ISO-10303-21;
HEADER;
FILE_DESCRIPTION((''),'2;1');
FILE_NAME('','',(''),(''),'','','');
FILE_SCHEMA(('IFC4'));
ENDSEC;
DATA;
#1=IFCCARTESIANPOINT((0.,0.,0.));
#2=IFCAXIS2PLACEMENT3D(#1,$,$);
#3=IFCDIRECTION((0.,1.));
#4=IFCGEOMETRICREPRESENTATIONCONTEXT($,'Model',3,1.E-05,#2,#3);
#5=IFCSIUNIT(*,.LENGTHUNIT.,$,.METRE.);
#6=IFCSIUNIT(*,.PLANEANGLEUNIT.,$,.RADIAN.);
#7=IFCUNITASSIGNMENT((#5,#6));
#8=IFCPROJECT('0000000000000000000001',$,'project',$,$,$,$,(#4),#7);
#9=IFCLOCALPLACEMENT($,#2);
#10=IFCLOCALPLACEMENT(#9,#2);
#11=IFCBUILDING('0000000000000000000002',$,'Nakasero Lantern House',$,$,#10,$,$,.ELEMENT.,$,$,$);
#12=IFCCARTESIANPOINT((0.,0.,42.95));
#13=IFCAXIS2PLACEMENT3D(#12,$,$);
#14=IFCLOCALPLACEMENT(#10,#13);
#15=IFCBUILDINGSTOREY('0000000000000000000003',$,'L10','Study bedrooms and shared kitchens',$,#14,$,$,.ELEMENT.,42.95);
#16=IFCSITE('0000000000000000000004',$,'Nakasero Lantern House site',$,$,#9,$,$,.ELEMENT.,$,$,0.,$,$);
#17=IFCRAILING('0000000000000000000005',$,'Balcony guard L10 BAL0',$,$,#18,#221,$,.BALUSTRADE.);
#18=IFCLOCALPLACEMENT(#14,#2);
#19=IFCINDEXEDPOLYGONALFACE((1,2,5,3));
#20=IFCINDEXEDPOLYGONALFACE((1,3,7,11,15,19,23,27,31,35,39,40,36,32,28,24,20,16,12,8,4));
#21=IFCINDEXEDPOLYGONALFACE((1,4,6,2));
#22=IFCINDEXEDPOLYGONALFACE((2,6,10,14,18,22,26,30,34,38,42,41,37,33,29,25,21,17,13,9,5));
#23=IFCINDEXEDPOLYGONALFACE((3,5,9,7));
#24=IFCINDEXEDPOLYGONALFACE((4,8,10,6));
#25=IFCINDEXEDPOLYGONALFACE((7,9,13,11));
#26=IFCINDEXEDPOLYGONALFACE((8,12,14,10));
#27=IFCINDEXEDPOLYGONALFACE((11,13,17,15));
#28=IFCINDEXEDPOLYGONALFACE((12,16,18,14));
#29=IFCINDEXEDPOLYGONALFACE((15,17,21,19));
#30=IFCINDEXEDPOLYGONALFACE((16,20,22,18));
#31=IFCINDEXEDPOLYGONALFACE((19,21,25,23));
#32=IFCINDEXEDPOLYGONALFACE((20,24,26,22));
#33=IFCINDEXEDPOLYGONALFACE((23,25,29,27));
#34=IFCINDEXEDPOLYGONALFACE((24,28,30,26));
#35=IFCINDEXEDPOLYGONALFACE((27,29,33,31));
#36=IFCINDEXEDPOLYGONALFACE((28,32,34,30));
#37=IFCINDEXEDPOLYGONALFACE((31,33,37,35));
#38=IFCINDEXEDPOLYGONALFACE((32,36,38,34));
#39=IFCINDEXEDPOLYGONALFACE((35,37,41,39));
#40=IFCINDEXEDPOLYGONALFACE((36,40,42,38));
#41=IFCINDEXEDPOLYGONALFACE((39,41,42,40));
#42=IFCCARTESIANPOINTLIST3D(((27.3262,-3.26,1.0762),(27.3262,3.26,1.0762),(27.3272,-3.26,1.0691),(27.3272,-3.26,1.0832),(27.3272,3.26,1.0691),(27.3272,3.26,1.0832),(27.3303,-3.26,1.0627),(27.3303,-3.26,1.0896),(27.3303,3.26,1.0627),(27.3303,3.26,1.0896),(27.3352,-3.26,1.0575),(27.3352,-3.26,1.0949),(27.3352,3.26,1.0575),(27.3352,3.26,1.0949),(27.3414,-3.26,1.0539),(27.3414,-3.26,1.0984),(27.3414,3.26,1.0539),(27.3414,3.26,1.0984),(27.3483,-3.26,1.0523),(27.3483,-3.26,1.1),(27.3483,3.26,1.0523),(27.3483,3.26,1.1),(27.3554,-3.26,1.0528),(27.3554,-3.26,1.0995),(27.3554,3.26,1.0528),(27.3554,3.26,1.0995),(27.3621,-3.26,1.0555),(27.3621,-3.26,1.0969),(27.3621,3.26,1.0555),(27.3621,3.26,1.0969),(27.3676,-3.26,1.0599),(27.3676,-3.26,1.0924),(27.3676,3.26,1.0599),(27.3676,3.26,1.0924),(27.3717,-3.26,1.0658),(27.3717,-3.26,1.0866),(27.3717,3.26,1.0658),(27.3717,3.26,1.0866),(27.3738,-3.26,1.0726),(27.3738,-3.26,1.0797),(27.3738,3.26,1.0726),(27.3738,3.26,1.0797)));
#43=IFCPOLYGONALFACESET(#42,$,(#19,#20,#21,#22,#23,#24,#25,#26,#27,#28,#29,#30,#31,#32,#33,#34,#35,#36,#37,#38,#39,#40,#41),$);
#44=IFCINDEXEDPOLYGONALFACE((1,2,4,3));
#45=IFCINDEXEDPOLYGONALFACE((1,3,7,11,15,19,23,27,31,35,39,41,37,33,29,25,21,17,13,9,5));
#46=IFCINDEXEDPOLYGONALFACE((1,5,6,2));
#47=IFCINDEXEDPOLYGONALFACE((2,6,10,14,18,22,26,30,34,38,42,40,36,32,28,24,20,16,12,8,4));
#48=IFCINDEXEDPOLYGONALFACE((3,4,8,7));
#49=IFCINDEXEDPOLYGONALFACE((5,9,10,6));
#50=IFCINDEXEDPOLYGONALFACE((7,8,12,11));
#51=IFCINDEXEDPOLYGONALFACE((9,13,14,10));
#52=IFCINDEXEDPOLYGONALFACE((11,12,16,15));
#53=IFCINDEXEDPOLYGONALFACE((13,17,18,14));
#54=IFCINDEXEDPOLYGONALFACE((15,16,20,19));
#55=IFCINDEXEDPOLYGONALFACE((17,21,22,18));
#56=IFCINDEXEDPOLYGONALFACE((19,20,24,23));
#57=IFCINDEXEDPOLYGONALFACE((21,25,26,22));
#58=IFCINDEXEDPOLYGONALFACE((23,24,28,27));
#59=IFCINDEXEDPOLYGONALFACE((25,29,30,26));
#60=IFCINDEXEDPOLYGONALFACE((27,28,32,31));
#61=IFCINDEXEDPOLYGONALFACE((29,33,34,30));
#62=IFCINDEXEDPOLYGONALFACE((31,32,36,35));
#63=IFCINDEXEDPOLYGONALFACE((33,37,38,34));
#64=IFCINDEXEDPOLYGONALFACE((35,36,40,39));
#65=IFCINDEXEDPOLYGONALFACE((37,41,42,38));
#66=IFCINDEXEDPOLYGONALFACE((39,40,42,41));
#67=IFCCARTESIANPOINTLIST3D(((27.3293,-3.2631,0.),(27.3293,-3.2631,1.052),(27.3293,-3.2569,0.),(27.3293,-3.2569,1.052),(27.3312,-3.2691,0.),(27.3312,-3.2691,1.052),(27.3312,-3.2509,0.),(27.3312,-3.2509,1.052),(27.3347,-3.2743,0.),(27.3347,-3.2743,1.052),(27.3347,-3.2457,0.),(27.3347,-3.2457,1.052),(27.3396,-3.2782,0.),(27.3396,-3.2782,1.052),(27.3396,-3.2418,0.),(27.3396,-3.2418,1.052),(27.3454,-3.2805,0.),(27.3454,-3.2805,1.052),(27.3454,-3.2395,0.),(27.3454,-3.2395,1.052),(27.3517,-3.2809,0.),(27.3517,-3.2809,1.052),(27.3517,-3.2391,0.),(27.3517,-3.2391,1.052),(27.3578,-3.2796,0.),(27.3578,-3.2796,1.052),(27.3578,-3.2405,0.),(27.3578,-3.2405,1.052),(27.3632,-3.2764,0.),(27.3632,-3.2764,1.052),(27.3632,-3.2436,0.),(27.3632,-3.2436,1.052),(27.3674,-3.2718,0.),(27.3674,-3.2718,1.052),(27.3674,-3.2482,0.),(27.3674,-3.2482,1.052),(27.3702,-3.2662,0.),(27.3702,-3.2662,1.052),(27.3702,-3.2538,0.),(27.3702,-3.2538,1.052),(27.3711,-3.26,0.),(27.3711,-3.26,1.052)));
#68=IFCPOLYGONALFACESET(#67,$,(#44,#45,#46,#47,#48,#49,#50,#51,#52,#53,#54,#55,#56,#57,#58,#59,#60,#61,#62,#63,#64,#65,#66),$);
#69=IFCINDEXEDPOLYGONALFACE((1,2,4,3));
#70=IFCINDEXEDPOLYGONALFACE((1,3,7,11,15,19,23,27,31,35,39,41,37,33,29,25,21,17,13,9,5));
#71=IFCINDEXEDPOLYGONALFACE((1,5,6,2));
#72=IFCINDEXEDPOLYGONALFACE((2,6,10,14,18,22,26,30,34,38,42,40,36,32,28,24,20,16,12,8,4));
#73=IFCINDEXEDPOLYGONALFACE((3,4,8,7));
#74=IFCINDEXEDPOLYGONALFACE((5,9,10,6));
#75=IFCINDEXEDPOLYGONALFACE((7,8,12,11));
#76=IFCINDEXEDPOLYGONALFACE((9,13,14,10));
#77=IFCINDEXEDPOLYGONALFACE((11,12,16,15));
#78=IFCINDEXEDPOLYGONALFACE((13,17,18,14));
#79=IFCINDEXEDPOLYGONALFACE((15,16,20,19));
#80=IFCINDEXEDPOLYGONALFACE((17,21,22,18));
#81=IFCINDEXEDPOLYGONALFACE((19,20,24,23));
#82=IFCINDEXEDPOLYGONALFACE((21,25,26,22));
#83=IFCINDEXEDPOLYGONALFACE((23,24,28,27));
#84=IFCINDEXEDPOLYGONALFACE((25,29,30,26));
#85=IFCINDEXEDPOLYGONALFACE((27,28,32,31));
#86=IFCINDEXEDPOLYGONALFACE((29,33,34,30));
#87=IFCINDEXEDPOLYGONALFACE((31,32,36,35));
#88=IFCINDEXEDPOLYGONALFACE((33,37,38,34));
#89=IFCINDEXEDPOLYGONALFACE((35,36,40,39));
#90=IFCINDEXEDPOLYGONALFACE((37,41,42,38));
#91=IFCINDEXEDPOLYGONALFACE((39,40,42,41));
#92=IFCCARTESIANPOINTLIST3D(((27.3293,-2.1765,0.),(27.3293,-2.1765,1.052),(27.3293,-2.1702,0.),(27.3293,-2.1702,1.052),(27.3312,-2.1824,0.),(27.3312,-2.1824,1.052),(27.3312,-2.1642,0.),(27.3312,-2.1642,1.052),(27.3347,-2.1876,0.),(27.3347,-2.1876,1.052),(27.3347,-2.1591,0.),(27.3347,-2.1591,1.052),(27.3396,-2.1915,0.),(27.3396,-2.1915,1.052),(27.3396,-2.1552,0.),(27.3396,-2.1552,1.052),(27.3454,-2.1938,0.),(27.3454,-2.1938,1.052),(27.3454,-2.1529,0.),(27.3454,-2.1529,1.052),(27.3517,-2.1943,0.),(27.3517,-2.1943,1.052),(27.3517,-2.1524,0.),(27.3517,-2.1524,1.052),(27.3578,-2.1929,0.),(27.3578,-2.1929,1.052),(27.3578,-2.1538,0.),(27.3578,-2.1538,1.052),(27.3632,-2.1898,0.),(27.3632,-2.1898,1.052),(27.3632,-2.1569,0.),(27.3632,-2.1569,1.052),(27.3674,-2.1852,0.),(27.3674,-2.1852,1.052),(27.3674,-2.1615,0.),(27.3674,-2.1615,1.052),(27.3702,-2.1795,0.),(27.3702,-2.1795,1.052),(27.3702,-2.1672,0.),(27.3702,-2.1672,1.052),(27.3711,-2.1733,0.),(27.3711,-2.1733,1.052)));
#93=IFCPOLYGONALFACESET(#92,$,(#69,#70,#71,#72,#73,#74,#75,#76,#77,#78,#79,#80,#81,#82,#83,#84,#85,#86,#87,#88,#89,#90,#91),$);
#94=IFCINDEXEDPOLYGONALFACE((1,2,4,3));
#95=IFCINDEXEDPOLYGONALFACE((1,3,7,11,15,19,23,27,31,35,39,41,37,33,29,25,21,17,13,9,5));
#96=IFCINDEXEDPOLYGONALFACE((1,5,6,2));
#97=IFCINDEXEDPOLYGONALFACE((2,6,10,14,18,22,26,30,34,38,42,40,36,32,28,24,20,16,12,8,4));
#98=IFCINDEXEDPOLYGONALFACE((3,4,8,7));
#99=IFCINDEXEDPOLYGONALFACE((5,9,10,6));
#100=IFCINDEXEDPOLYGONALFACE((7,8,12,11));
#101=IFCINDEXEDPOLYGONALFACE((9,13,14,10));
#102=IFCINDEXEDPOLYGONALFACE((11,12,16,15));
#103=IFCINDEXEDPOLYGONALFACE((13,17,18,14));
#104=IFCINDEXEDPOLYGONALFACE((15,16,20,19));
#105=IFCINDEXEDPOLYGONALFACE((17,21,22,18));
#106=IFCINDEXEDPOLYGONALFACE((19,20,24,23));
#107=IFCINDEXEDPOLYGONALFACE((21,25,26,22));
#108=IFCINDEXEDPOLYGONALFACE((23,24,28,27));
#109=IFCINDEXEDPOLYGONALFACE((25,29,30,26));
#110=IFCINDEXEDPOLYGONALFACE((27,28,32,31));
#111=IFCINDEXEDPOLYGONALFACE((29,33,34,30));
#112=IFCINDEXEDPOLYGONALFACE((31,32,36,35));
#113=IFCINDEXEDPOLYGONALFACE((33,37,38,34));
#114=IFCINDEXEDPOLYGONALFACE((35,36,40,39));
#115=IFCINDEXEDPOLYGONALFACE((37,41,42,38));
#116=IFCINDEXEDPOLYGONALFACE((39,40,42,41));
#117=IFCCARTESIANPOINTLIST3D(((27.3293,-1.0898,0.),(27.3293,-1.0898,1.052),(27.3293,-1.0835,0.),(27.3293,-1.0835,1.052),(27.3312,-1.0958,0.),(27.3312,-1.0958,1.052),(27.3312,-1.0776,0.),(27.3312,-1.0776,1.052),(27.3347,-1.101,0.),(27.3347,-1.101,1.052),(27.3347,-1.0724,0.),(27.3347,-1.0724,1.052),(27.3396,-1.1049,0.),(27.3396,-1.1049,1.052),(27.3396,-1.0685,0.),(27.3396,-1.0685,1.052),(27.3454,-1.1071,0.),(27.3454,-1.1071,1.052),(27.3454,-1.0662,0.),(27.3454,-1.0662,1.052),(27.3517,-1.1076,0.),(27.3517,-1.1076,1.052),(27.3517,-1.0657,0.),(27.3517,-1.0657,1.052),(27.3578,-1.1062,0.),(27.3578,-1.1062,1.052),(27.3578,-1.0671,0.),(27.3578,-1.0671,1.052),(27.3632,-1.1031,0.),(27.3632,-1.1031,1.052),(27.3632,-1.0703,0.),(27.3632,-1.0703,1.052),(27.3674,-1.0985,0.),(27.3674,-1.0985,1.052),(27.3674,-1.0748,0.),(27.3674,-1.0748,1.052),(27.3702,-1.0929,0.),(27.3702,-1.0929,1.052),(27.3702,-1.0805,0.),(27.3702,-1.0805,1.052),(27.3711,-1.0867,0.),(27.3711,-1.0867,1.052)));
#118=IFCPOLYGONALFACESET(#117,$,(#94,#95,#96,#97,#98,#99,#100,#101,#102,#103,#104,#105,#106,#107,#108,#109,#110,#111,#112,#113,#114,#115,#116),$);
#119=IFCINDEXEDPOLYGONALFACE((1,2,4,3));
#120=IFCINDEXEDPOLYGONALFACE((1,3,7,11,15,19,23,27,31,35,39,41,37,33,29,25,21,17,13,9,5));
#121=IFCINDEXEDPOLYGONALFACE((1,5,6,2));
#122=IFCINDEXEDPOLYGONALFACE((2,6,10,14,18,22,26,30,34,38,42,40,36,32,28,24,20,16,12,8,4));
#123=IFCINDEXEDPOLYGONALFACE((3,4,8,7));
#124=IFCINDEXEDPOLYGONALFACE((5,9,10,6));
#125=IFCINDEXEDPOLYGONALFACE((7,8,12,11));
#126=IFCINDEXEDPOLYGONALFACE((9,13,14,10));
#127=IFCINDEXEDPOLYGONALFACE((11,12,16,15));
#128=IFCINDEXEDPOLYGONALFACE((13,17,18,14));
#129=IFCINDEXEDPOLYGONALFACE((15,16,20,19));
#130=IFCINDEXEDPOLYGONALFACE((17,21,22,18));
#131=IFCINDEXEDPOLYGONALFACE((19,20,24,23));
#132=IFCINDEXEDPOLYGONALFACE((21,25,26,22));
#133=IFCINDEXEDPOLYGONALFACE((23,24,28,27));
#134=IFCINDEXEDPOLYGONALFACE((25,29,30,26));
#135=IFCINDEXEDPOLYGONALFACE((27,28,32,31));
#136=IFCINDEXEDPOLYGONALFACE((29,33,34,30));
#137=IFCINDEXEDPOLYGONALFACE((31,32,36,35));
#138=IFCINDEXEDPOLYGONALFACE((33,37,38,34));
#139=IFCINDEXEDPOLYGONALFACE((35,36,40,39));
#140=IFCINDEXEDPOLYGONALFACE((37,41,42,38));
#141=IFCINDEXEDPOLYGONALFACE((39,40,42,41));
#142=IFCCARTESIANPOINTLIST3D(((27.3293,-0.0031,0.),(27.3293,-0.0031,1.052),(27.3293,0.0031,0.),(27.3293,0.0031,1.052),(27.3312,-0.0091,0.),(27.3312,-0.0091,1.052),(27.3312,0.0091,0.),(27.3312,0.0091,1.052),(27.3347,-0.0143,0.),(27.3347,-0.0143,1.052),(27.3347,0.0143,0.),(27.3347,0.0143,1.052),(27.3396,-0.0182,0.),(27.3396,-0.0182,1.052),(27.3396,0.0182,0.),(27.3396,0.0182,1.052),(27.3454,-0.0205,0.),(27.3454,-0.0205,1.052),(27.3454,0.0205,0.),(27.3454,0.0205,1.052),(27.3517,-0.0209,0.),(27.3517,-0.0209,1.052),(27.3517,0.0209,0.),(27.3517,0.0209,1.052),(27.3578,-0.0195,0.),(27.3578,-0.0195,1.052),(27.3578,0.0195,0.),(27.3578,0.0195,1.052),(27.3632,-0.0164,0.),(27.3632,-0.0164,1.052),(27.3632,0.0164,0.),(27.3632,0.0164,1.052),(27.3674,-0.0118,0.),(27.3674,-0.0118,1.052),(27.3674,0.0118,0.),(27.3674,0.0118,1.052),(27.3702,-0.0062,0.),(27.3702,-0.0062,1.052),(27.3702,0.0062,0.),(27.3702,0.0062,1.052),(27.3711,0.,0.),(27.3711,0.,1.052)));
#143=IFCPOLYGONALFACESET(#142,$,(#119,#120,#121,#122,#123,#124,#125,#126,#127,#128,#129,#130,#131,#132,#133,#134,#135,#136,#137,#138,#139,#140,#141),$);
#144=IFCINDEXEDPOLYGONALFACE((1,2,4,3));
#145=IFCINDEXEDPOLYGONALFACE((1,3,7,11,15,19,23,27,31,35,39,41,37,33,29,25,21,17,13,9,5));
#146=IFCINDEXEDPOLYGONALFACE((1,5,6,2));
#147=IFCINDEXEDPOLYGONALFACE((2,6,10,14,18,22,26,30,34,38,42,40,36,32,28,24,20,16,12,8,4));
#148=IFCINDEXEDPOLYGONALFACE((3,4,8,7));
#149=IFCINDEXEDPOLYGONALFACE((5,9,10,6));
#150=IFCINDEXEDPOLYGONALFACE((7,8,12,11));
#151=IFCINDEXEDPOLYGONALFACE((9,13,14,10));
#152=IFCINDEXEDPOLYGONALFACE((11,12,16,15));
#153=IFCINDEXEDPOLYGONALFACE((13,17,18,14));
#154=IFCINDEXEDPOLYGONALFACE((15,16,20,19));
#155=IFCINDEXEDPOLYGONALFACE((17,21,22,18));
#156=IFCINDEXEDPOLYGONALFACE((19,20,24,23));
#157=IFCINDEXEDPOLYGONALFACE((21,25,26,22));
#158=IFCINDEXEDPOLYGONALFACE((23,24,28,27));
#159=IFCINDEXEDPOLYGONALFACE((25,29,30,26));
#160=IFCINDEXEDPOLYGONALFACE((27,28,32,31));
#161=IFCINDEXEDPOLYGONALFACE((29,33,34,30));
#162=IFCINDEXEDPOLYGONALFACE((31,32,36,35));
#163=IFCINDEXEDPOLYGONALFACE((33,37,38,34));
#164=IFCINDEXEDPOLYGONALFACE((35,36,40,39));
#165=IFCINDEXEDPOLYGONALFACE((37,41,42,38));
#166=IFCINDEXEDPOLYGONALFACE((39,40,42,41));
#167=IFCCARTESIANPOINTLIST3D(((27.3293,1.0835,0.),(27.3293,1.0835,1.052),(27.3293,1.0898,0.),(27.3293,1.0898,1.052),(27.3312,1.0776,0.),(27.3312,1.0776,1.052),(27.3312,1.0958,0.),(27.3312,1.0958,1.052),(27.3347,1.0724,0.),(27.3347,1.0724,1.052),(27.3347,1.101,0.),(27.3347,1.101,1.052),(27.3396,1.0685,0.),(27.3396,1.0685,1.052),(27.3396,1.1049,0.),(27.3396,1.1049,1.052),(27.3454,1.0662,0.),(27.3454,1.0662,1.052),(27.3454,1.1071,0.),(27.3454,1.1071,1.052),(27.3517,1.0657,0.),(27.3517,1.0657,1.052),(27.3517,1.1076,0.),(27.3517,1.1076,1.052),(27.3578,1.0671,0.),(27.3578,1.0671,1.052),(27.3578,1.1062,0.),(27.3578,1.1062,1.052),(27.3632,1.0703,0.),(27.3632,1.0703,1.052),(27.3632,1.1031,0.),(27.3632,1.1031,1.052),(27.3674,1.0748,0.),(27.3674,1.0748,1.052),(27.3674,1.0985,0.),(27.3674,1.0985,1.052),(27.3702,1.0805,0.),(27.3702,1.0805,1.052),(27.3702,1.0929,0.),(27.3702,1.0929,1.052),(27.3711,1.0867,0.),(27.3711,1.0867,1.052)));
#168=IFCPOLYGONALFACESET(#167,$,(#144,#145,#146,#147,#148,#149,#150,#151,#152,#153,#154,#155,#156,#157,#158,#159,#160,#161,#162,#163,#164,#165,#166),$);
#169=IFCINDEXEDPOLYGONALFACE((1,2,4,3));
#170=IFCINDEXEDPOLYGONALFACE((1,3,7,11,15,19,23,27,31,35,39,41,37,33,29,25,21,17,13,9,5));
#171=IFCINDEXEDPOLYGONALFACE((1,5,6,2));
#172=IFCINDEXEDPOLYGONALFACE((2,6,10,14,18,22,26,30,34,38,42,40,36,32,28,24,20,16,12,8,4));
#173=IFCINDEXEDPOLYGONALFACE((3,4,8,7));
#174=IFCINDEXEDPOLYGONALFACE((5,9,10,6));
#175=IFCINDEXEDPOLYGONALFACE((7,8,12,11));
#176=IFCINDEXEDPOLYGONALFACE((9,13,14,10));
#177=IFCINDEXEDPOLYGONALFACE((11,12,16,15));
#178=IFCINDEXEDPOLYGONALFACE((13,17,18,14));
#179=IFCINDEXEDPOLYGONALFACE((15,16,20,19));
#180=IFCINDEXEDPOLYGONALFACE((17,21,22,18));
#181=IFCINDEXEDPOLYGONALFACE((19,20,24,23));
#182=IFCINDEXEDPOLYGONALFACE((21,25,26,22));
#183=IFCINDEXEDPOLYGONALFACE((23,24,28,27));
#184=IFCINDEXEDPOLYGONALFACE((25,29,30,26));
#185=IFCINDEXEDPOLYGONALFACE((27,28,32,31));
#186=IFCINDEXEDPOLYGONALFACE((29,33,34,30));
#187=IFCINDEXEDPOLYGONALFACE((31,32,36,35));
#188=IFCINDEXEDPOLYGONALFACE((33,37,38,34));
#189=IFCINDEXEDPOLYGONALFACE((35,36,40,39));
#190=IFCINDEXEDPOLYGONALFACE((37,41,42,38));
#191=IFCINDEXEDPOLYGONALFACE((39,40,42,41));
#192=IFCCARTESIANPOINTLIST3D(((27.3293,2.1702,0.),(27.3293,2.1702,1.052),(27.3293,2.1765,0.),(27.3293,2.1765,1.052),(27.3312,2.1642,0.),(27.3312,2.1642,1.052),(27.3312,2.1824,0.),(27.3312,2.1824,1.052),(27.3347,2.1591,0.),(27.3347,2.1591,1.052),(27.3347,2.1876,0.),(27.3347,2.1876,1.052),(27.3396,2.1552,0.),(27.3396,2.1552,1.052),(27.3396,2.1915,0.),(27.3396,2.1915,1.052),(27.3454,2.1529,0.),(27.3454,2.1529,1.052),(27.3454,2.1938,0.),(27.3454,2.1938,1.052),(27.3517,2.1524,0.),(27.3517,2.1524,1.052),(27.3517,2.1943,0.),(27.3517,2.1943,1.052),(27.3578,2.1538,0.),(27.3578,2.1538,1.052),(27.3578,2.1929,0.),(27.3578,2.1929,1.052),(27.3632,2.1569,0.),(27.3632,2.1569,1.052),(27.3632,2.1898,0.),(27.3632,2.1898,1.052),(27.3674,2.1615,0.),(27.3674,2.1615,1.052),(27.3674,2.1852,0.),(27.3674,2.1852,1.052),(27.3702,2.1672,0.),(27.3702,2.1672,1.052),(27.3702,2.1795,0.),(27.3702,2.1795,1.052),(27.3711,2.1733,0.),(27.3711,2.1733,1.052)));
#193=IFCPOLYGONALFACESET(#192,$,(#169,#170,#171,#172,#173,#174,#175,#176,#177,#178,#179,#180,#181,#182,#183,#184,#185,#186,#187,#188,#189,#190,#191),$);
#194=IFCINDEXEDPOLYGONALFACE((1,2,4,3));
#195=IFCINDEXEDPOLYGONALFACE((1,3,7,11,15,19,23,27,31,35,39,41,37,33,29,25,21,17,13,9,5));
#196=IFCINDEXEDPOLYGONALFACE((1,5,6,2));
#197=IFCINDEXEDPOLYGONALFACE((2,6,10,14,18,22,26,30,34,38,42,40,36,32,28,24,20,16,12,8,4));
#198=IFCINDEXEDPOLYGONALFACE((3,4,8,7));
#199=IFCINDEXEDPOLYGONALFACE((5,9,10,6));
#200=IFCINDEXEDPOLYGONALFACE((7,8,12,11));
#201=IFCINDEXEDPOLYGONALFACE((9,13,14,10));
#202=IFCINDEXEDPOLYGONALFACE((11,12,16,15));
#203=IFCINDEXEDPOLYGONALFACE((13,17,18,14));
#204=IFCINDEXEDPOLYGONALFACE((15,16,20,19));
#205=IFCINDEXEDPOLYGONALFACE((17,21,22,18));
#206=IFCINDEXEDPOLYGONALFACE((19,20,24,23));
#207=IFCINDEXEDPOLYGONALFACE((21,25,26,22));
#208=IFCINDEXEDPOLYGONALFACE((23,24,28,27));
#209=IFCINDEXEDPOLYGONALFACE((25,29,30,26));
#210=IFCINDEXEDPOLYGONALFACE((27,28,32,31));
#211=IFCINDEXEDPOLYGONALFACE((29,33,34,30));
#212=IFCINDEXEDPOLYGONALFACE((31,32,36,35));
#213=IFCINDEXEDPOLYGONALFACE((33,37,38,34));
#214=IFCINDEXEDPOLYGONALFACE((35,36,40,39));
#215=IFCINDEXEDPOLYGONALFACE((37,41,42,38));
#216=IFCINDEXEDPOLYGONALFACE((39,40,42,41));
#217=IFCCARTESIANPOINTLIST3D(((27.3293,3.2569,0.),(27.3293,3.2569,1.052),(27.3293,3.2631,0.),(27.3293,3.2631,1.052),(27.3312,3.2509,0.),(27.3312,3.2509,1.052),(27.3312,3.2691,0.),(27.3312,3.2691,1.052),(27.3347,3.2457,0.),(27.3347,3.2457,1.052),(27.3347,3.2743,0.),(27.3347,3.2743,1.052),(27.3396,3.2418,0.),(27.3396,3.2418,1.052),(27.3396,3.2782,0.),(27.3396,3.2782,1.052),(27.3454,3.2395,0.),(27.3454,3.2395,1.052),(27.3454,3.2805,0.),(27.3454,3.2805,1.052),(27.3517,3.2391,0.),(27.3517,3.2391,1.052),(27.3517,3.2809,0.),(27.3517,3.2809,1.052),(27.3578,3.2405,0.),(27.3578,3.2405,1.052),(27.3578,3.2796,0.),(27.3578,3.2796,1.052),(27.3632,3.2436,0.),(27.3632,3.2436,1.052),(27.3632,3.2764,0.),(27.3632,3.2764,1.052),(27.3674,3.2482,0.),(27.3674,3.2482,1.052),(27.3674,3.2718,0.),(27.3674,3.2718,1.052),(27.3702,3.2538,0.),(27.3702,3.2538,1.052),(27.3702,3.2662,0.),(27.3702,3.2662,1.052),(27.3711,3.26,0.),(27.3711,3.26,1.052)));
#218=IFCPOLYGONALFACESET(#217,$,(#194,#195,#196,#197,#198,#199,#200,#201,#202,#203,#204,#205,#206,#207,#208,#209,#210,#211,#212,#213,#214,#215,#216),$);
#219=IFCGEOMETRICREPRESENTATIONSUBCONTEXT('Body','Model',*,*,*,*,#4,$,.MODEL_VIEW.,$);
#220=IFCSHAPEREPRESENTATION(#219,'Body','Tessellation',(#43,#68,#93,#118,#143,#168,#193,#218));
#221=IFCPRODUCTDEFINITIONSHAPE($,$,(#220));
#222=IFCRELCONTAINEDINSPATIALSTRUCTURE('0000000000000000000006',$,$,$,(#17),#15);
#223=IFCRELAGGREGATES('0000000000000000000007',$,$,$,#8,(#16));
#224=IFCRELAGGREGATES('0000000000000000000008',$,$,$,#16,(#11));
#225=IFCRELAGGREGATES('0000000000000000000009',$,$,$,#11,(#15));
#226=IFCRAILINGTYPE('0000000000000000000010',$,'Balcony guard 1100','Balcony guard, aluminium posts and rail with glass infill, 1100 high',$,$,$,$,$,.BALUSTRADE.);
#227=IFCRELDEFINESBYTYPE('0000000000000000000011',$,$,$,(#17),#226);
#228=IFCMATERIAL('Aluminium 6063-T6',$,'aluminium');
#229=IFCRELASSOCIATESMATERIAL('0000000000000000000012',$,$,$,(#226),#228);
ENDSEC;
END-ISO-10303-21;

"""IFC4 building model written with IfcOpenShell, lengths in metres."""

from ifc_helpers import new_model, si_unit, direction, frame, origin, origin_2d, place, context, subcontext, project, spatial, circle, extrude, material, type_object, element, save


model = new_model("IFC4")

# Units and contexts
model_context = context("Model", 3, precision=1e-05, world=origin(), true_north=direction((0.0, 1.0)))
body_context = subcontext(model_context, "Body", "Model", "MODEL_VIEW")
ifc_project = project(units=[si_unit("LENGTHUNIT", "METRE"), si_unit("PLANEANGLEUNIT", "RADIAN")], contexts=[model_context])

# Site, building, storey
site_placement = place(None, origin())
site = spatial("IfcSite", under=ifc_project, at=site_placement, Name="Nakasero Lantern House site", CompositionType="ELEMENT", RefElevation=0.0)
building_placement = place(site_placement, origin())
building = spatial("IfcBuilding", under=site, at=building_placement, Name="Nakasero Lantern House", CompositionType="ELEMENT")
storey_placement = place(building_placement, frame((0.0, 0.0, 42.95)))
storey = spatial("IfcBuildingStorey", under=building, at=storey_placement, Name="L10", Description="Study bedrooms and shared kitchens", CompositionType="ELEMENT", Elevation=42.95)

# Railing
ifc_material_1 = material(Name="Aluminium 6063-T6", Category="aluminium")
railing_type = type_object("IfcRailingType", Name="Balcony guard 1100", Description="Balcony guard, aluminium posts and rail with glass infill, 1100 high", PredefinedType="BALUSTRADE", material=ifc_material_1)
railing_placement = place(storey_placement, frame((27.3501, -3.26, 0.0)))
element("IfcRailing", 1, at=railing_placement, inside=storey, type_object=railing_type, Name="Balcony guard L10 BAL0", PredefinedType="BALUSTRADE", context=body_context, shape_type="SweptSolid", body=[
    extrude(circle(Radius=0.0239, at=origin_2d()), frame((0.0, 0.0, 1.0762), z_axis=(0.0, 1.0, 0.0), x_axis=(-1.0, 0.0, 0.0)), (0.0, 0.0, 1.0), 6.52),
    extrude(circle(Radius=0.021, at=origin_2d()), origin(), (0.0, 0.0, 1.0), 1.052),
    extrude(circle(Radius=0.021, at=origin_2d()), frame((0.0, 1.0867, 0.0)), (0.0, 0.0, 1.0), 1.052),
    extrude(circle(Radius=0.021, at=origin_2d()), frame((0.0, 2.1733, 0.0)), (0.0, 0.0, 1.0), 1.052),
    extrude(circle(Radius=0.021, at=origin_2d()), frame((0.0, 3.26, 0.0)), (0.0, 0.0, 1.0), 1.052),
    extrude(circle(Radius=0.021, at=origin_2d()), frame((0.0, 4.3467, 0.0)), (0.0, 0.0, 1.0), 1.052),
    extrude(circle(Radius=0.021, at=origin_2d()), frame((0.0, 5.4333, 0.0)), (0.0, 0.0, 1.0), 1.052),
    extrude(circle(Radius=0.021, at=origin_2d()), frame((0.0, 6.52, 0.0)), (0.0, 0.0, 1.0), 1.052),
])

save(model, "model.ifc")
